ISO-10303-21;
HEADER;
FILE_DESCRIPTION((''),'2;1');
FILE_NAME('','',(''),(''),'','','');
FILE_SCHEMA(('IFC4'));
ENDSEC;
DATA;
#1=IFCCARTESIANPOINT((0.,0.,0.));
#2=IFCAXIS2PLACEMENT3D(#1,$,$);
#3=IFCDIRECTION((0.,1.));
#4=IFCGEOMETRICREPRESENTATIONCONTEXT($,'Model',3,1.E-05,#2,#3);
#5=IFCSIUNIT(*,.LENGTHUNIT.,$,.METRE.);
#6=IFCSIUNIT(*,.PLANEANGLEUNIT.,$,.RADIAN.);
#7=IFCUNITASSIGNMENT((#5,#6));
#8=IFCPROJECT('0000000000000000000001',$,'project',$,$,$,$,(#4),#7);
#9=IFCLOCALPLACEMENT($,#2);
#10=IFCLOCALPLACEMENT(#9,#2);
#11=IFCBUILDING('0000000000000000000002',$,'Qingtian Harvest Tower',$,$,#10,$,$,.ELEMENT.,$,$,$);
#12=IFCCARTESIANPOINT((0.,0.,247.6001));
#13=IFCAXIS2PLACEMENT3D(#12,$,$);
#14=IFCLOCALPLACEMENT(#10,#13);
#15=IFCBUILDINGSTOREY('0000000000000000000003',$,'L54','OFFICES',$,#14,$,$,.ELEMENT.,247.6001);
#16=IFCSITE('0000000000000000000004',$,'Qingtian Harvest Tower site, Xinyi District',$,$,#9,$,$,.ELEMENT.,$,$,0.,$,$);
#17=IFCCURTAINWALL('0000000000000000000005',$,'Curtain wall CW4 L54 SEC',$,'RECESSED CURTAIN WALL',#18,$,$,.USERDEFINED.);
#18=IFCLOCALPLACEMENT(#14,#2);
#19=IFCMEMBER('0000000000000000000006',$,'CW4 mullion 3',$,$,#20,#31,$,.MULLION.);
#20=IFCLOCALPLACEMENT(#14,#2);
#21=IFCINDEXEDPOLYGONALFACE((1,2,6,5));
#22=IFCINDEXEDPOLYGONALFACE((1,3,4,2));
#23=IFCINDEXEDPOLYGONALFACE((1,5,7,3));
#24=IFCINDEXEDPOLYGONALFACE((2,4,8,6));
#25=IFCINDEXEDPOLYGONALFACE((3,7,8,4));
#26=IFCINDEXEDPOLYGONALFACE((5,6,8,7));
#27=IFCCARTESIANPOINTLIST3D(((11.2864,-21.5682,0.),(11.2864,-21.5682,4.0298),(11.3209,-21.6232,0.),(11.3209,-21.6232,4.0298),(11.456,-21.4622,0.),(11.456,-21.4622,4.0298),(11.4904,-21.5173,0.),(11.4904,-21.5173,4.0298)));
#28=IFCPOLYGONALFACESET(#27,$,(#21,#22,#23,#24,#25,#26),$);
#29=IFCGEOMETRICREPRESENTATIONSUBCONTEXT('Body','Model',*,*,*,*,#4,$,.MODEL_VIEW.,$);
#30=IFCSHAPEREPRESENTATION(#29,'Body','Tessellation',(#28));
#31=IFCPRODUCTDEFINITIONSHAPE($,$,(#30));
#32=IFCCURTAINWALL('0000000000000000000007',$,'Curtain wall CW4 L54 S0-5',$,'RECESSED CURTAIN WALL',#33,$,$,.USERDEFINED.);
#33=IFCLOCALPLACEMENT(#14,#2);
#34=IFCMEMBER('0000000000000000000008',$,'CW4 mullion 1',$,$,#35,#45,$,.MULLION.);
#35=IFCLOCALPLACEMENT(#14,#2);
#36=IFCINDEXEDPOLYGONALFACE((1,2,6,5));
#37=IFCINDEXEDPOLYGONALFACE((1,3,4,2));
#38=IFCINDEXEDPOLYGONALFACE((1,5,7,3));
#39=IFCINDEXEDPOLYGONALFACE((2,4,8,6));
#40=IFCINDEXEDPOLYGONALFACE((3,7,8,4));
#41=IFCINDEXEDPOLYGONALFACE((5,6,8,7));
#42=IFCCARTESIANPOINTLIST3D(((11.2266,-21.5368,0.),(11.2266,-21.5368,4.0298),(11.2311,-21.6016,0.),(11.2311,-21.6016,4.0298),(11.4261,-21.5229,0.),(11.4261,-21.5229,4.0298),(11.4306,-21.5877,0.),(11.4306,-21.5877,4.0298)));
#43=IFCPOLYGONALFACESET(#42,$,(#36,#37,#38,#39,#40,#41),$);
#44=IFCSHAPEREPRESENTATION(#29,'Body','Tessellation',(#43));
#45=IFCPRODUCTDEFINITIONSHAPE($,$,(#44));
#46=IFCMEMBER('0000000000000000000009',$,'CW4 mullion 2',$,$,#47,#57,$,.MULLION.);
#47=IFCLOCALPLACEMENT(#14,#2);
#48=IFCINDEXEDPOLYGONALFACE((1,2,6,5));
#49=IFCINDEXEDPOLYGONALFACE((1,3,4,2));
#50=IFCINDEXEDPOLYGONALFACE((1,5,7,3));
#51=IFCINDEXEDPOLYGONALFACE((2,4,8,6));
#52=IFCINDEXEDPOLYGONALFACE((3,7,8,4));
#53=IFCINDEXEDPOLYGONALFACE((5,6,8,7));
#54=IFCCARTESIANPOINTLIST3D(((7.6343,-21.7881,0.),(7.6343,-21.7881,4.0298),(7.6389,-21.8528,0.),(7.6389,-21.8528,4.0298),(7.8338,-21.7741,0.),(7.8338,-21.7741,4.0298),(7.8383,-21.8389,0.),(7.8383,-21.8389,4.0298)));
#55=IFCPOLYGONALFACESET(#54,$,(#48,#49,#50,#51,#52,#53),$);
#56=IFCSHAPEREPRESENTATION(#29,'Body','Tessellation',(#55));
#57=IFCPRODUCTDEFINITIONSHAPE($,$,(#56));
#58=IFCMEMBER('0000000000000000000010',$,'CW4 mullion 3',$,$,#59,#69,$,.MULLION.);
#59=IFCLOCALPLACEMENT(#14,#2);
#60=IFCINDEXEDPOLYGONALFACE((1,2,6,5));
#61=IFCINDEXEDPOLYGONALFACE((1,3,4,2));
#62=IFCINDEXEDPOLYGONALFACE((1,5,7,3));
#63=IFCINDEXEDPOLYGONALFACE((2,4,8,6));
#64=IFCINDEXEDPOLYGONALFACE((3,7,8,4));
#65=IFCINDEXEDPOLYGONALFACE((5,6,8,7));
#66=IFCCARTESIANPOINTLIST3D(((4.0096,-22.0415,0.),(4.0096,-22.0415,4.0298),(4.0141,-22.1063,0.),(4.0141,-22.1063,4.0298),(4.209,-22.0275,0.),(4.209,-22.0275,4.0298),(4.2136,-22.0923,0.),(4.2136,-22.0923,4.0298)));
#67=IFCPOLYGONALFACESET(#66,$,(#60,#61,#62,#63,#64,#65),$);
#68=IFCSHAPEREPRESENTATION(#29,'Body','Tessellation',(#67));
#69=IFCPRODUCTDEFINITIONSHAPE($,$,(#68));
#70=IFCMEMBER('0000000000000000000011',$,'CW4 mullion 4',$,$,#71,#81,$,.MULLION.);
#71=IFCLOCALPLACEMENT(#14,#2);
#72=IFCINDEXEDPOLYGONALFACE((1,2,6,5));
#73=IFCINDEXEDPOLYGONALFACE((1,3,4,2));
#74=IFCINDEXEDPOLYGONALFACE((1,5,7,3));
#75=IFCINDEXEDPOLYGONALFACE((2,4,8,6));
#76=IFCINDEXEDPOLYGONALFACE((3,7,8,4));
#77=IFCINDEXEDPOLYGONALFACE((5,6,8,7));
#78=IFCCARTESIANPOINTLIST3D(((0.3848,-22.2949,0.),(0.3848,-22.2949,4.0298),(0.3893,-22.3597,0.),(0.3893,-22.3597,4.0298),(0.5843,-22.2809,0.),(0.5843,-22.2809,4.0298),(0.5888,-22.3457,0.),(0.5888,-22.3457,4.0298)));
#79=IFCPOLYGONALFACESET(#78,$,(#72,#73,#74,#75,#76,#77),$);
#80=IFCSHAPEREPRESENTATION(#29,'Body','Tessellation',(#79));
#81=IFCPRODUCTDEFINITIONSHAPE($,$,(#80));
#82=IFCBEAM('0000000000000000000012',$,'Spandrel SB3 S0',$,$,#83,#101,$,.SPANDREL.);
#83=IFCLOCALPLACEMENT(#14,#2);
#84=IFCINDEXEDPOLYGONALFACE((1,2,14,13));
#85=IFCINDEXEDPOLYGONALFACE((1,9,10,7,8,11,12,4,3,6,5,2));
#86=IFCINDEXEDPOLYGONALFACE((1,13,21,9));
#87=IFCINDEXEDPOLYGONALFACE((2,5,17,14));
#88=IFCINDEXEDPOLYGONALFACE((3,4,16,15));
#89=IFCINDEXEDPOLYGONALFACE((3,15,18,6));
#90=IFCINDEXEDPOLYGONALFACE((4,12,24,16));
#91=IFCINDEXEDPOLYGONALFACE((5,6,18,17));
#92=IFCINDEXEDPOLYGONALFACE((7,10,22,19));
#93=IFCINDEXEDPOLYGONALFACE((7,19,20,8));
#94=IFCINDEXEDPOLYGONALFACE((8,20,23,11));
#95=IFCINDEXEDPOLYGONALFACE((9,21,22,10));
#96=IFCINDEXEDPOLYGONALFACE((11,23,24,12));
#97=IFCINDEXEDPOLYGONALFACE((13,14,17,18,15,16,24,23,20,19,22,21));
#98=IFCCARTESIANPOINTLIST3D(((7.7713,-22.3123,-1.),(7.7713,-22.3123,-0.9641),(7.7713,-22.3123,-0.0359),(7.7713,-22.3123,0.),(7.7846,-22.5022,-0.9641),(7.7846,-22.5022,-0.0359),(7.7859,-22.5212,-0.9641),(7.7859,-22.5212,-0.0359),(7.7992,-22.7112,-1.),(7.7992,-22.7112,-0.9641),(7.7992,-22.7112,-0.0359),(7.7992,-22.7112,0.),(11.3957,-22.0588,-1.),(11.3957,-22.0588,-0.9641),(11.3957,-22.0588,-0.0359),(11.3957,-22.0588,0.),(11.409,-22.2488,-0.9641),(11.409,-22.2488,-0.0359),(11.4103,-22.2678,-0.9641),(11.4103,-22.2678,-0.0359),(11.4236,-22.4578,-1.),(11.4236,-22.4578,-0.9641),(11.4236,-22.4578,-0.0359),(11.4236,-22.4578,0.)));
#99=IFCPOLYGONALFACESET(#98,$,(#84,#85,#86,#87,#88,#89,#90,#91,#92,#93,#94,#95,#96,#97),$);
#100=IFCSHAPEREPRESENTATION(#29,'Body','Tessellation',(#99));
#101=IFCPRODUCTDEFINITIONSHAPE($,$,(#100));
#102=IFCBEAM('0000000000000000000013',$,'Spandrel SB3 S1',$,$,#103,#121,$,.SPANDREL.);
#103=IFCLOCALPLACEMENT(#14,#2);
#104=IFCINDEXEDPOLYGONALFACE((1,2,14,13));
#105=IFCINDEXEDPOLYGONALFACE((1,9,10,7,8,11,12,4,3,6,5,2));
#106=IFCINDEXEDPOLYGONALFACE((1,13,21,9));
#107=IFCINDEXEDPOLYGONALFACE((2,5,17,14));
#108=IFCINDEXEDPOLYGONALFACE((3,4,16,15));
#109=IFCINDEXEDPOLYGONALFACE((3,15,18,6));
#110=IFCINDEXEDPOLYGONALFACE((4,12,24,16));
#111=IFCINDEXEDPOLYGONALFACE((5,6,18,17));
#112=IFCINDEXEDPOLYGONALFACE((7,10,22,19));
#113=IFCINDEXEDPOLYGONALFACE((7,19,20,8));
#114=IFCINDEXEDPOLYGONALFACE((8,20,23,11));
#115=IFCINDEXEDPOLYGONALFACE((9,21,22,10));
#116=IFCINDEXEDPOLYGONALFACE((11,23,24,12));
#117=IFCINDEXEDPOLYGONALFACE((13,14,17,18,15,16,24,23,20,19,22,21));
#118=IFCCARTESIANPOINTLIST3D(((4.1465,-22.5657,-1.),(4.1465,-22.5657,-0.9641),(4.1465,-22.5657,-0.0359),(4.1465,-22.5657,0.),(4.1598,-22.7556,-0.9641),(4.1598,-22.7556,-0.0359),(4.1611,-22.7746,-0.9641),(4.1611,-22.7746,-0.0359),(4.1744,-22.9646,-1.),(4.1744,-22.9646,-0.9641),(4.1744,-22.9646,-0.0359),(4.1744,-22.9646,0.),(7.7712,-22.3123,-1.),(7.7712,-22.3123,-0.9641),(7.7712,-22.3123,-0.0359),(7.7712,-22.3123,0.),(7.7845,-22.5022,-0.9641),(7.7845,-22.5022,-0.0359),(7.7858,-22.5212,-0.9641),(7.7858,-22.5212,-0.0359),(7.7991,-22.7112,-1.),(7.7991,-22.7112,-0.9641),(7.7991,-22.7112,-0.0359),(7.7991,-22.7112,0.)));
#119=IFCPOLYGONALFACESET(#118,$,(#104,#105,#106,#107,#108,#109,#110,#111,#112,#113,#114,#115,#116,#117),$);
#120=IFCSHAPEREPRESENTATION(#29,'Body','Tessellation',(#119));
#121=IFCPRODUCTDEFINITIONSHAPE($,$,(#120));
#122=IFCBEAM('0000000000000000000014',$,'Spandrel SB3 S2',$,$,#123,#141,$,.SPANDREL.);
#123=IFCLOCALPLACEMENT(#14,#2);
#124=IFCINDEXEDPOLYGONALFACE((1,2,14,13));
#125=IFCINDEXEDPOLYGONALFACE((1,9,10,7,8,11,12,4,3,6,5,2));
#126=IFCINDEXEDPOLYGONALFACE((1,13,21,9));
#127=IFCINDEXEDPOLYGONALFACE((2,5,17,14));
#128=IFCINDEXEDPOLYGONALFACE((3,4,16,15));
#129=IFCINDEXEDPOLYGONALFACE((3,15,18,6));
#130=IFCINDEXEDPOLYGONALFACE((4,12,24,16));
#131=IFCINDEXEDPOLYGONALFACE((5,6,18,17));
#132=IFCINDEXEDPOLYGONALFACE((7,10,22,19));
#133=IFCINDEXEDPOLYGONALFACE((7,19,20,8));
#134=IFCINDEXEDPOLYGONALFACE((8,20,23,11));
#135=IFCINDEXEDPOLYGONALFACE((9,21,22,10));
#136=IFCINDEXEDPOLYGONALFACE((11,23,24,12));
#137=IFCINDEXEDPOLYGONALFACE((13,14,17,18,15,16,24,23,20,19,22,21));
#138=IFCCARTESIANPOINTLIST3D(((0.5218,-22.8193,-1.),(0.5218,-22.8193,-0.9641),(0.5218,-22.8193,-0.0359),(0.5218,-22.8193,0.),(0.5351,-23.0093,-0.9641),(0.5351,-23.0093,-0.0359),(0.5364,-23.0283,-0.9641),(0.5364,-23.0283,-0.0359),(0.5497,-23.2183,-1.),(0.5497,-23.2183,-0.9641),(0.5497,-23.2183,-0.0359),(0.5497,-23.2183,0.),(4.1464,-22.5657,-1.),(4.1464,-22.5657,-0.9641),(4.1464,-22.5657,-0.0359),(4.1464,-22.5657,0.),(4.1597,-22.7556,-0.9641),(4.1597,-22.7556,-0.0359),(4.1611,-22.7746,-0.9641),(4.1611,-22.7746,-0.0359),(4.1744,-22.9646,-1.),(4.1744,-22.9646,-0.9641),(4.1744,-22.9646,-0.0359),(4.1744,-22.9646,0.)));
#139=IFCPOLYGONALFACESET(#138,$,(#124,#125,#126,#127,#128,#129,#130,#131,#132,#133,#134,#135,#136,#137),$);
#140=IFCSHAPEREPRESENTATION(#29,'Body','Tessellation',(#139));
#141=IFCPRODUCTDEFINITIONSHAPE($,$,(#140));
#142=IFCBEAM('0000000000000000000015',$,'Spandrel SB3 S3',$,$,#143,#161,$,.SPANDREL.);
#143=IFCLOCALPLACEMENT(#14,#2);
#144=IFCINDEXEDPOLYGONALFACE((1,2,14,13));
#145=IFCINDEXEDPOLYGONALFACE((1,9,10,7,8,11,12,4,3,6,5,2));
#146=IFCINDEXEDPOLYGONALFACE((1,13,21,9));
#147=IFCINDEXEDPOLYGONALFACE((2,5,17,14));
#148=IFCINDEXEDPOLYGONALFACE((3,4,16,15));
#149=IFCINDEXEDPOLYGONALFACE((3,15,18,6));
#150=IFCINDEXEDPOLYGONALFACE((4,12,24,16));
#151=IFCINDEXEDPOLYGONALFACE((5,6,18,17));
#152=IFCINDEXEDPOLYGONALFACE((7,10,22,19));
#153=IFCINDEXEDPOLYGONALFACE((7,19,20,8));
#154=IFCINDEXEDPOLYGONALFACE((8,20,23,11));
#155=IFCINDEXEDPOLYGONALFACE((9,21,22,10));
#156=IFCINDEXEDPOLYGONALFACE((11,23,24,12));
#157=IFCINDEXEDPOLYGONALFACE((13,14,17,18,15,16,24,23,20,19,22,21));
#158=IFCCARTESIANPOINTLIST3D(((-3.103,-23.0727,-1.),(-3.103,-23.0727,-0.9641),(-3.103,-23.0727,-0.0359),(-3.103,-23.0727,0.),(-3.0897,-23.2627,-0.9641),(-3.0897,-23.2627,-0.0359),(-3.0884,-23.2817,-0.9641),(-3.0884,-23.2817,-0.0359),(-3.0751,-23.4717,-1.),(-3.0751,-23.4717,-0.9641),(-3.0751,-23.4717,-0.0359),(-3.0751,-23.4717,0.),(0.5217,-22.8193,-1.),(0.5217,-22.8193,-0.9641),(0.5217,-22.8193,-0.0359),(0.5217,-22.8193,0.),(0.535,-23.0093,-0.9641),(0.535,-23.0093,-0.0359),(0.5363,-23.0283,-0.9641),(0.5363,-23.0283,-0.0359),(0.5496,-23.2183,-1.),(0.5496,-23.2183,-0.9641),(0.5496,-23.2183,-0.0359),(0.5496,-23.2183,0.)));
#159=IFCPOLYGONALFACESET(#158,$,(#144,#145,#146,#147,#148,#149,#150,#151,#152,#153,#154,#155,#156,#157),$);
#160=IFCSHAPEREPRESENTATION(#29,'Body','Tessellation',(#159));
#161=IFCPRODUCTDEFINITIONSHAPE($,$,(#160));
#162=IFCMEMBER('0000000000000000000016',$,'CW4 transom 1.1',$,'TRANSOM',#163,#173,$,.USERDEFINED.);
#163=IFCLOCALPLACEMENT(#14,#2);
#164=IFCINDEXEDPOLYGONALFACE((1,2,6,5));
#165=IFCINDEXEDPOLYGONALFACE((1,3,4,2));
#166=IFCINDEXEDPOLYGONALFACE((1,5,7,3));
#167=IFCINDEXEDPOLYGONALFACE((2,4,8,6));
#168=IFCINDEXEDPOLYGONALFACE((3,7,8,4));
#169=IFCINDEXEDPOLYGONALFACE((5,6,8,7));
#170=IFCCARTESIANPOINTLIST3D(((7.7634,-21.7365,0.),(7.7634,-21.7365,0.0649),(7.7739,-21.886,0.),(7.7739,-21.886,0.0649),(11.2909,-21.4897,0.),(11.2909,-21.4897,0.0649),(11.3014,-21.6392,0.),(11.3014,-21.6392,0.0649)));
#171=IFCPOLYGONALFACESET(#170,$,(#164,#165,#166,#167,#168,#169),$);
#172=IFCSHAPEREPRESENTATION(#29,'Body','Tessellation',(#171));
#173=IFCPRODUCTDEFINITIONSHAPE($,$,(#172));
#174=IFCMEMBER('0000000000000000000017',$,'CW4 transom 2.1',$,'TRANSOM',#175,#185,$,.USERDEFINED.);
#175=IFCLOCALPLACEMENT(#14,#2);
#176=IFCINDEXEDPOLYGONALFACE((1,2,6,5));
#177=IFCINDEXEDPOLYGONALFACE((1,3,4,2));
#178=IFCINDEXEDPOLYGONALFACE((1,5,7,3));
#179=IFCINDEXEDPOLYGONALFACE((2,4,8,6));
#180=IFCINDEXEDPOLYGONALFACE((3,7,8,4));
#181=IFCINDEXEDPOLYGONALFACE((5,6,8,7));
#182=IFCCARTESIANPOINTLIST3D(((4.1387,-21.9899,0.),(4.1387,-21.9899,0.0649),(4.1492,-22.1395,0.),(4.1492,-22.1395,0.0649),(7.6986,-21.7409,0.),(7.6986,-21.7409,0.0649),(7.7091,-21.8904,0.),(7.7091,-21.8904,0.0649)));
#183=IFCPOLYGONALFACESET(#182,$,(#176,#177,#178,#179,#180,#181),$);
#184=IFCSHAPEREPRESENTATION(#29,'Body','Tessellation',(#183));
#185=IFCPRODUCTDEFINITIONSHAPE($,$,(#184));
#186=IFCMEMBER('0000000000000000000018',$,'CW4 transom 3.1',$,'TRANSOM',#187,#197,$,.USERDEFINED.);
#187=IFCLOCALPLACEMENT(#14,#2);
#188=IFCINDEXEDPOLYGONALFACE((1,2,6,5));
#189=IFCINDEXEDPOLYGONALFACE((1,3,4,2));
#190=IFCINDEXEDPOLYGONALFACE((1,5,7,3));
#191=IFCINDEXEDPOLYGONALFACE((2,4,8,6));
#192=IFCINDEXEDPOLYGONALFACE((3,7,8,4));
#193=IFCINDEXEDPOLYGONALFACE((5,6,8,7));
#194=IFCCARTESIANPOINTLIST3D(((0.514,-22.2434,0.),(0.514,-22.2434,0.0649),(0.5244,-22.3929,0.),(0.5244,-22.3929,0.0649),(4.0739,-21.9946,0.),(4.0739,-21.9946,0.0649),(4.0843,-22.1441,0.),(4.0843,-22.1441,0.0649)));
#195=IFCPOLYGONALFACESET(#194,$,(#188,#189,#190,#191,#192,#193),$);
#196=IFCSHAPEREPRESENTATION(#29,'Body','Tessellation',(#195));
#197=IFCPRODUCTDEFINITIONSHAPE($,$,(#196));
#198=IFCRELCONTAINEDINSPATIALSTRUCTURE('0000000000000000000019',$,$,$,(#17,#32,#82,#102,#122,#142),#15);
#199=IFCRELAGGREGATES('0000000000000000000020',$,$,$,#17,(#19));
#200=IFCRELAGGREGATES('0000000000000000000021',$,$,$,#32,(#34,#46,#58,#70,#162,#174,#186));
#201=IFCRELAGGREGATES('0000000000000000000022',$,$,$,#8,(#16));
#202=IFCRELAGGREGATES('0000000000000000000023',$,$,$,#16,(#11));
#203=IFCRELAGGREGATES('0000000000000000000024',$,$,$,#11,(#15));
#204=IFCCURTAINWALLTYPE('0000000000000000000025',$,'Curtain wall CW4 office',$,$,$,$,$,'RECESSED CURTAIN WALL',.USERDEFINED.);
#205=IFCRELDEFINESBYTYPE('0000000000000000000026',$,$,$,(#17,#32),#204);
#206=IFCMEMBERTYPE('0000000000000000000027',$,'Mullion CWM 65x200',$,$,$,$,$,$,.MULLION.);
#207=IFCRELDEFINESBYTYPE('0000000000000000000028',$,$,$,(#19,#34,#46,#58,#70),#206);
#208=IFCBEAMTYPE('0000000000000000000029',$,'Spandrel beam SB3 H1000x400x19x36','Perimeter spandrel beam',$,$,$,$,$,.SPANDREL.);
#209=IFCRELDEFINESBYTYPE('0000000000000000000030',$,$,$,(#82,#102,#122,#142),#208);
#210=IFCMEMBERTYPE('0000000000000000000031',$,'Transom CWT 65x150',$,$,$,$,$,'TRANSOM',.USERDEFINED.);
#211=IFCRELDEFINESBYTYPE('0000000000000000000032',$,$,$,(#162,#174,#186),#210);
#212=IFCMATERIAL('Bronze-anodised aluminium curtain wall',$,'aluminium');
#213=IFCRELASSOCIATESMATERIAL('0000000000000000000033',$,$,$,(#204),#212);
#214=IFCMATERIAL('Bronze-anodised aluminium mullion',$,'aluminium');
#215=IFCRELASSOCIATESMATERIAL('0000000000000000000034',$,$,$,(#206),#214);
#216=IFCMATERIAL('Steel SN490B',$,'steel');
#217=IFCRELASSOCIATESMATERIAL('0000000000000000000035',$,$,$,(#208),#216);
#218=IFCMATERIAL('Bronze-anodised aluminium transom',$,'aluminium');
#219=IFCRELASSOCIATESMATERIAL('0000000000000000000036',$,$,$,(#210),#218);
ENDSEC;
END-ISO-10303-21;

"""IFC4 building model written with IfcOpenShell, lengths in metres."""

from ifc_helpers import new_model, si_unit, direction, frame, origin, origin_2d, place, context, subcontext, project, spatial, rectangle, i_section, extrude, material, material_profile, profile_set, type_object, element, aggregate, save


model = new_model("IFC4")

# Units and contexts
model_context = context("Model", 3, precision=1e-05, world=origin(), true_north=direction((0.0, 1.0)))
body_context = subcontext(model_context, "Body", "Model", "MODEL_VIEW")
ifc_project = project(units=[si_unit("LENGTHUNIT", "METRE"), si_unit("PLANEANGLEUNIT", "RADIAN")], contexts=[model_context])

# Site, building, storey
site_placement = place(None, origin())
site = spatial("IfcSite", under=ifc_project, at=site_placement, Name="Qingtian Harvest Tower site, Xinyi District", CompositionType="ELEMENT", RefElevation=0.0)
building_placement = place(site_placement, origin())
building = spatial("IfcBuilding", under=site, at=building_placement, Name="Qingtian Harvest Tower", CompositionType="ELEMENT")
storey_placement = place(building_placement, frame((0.0, 0.0, 247.6001)))
storey = spatial("IfcBuildingStorey", under=building, at=storey_placement, Name="L54", Description="OFFICES", CompositionType="ELEMENT", Elevation=247.6001)

# Curtain wall, member
ifc_material_1 = material(Name="Bronze-anodised aluminium curtain wall", Category="aluminium")
curtain_wall_type = type_object("IfcCurtainWallType", Name="Curtain wall CW4 office", ElementType="RECESSED CURTAIN WALL", PredefinedType="USERDEFINED", material=ifc_material_1)
curtain_wall_1_placement = place(storey_placement, origin())
curtain_wall_1 = element("IfcCurtainWall", 1, at=curtain_wall_1_placement, inside=storey, type_object=curtain_wall_type, Name="Curtain wall CW4 L54 SEC", ObjectType="RECESSED CURTAIN WALL", PredefinedType="USERDEFINED")
ifc_material_2 = material(Name="Bronze-anodised aluminium mullion", Category="aluminium")
ifc_material_profile_1 = material_profile(ifc_material_2, rectangle(XDim=0.0649, YDim=0.2, at=origin_2d()), Name="AL 65x200")
ifc_profile_set_1 = profile_set([ifc_material_profile_1], Name="Bronze-anodised aluminium mullion")
member_type_1 = type_object("IfcMemberType", Name="Mullion CWM 65x200", PredefinedType="MULLION", material=ifc_profile_set_1)
member_1_placement = place(storey_placement, frame((11.3884, -21.5427, 0.0), z_axis=(0.0, 0.0, 1.0), x_axis=(0.529919, -0.848048, 0.0)))
member_1 = element("IfcMember", 2, at=member_1_placement, type_object=member_type_1, Name="CW4 mullion 3", PredefinedType="MULLION", context=body_context, shape_type="SweptSolid", body=[
    extrude(rectangle(XDim=0.0649, YDim=0.2, at=origin_2d()), origin(), (0.0, 0.0, 1.0), 4.0298),
])
aggregate(curtain_wall_1, [member_1])

# Curtain wall, members
curtain_wall_2_placement = place(storey_placement, origin())
curtain_wall_2 = element("IfcCurtainWall", 3, at=curtain_wall_2_placement, inside=storey, type_object=curtain_wall_type, Name="Curtain wall CW4 L54 S0-5", ObjectType="RECESSED CURTAIN WALL", PredefinedType="USERDEFINED")
member_2_placement = place(storey_placement, frame((11.3286, -21.5623, 0.0), z_axis=(0.0, 0.0, 1.0), x_axis=(0.069756, -0.997564, 0.0)))
member_2 = element("IfcMember", 4, at=member_2_placement, type_object=member_type_1, Name="CW4 mullion 1", PredefinedType="MULLION", context=body_context, shape_type="SweptSolid", body=[
    extrude(rectangle(XDim=0.0649, YDim=0.2, at=origin_2d()), origin(), (0.0, 0.0, 1.0), 4.0298),
])
member_3_placement = place(storey_placement, frame((7.7363, -21.8135, 0.0), z_axis=(0.0, 0.0, 1.0), x_axis=(0.069756, -0.997564, 0.0)))
member_3 = element("IfcMember", 5, at=member_3_placement, type_object=member_type_1, Name="CW4 mullion 2", PredefinedType="MULLION", context=body_context, shape_type="SweptSolid", body=[
    extrude(rectangle(XDim=0.0649, YDim=0.2, at=origin_2d()), origin(), (0.0, 0.0, 1.0), 4.0298),
])
member_4_placement = place(storey_placement, frame((4.1116, -22.0669, 0.0), z_axis=(0.0, 0.0, 1.0), x_axis=(0.069756, -0.997564, 0.0)))
member_4 = element("IfcMember", 6, at=member_4_placement, type_object=member_type_1, Name="CW4 mullion 3", PredefinedType="MULLION", context=body_context, shape_type="SweptSolid", body=[
    extrude(rectangle(XDim=0.0649, YDim=0.2, at=origin_2d()), origin(), (0.0, 0.0, 1.0), 4.0298),
])
member_5_placement = place(storey_placement, frame((0.4868, -22.3203, 0.0), z_axis=(0.0, 0.0, 1.0), x_axis=(0.069756, -0.997564, 0.0)))
member_5 = element("IfcMember", 7, at=member_5_placement, type_object=member_type_1, Name="CW4 mullion 4", PredefinedType="MULLION", context=body_context, shape_type="SweptSolid", body=[
    extrude(rectangle(XDim=0.0649, YDim=0.2, at=origin_2d()), origin(), (0.0, 0.0, 1.0), 4.0298),
])

# Beams
ifc_material_3 = material(Name="Steel SN490B", Category="steel")
ifc_material_profile_2 = material_profile(ifc_material_3, i_section(OverallWidth=0.3999, OverallDepth=1.0, WebThickness=0.019, FlangeThickness=0.0359, at=origin_2d()), Name="H1000x400x19x36")
ifc_profile_set_2 = profile_set([ifc_material_profile_2], Name="Steel SN490B")
beam_type_1 = type_object("IfcBeamType", Name="Spandrel beam SB3 H1000x400x19x36", Description="Perimeter spandrel beam", PredefinedType="SPANDREL", material=ifc_profile_set_2)
beam_1_placement = place(storey_placement, frame((11.4097, -22.2583, -0.5), z_axis=(-0.997565, -0.069748, 0.0), x_axis=(0.069748, -0.997565, 0.0)))
element("IfcBeam", 8, at=beam_1_placement, inside=storey, type_object=beam_type_1, Name="Spandrel SB3 S0", PredefinedType="SPANDREL", context=body_context, shape_type="SweptSolid", body=[
    extrude(i_section(OverallWidth=0.3999, OverallDepth=1.0, WebThickness=0.019, FlangeThickness=0.0359, at=origin_2d()), origin(), (0.0, 0.0, 1.0), 3.6333),
])
for number, where, z_axis, x_axis, name in (
    (9, (7.7852, -22.5117, -0.5), (-0.997565, -0.069743, 0.0), (0.069743, -0.997565, 0.0), "Spandrel SB3 S1"),
    (10, (4.1604, -22.7651, -0.5), (-0.99756, -0.06981, 0.0), (0.06981, -0.99756, 0.0), "Spandrel SB3 S2"),
    (11, (0.5356, -23.0188, -0.5), (-0.997565, -0.069743, 0.0), (0.069743, -0.997565, 0.0), "Spandrel SB3 S3"),
):
    element("IfcBeam", number, at=place(storey_placement, frame(where, z_axis=z_axis, x_axis=x_axis)), inside=storey, type_object=beam_type_1, Name=name, PredefinedType="SPANDREL", context=body_context, shape_type="SweptSolid", body=[
        extrude(i_section(OverallWidth=0.3999, OverallDepth=1.0, WebThickness=0.019, FlangeThickness=0.0359, at=origin_2d()), origin(), (0.0, 0.0, 1.0), 3.6335),
    ])

# Members
ifc_material_4 = material(Name="Bronze-anodised aluminium transom", Category="aluminium")
ifc_material_profile_3 = material_profile(ifc_material_4, rectangle(XDim=0.1499, YDim=0.0649, at=origin_2d()), Name="AL 65x150")
ifc_profile_set_3 = profile_set([ifc_material_profile_3], Name="Bronze-anodised aluminium transom")
member_type_2 = type_object("IfcMemberType", Name="Transom CWT 65x150", ElementType="TRANSOM", PredefinedType="USERDEFINED", material=ifc_profile_set_3)
member_6_placement = place(storey_placement, frame((11.2961, -21.5645, 0.0325), z_axis=(-0.997561, -0.0698, 0.0), x_axis=(0.0698, -0.997561, 0.0)))
member_6 = element("IfcMember", 12, at=member_6_placement, type_object=member_type_2, Name="CW4 transom 1.1", ObjectType="TRANSOM", PredefinedType="USERDEFINED", context=body_context, shape_type="SweptSolid", body=[
    extrude(rectangle(XDim=0.1499, YDim=0.0649, at=origin_2d()), origin(), (0.0, 0.0, 1.0), 3.5361),
])
member_7_placement = place(storey_placement, frame((7.7039, -21.8157, 0.0325), z_axis=(-0.997562, -0.069784, 0.0), x_axis=(0.069784, -0.997562, 0.0)))
member_7 = element("IfcMember", 13, at=member_7_placement, type_object=member_type_2, Name="CW4 transom 2.1", ObjectType="TRANSOM", PredefinedType="USERDEFINED", context=body_context, shape_type="SweptSolid", body=[
    extrude(rectangle(XDim=0.1499, YDim=0.0649, at=origin_2d()), origin(), (0.0, 0.0, 1.0), 3.5686),
])
member_8_placement = place(storey_placement, frame((4.0791, -22.0693, 0.0325), z_axis=(-0.997567, -0.069715, 0.0), x_axis=(0.069715, -0.997567, 0.0)))
member_8 = element("IfcMember", 14, at=member_8_placement, type_object=member_type_2, Name="CW4 transom 3.1", ObjectType="TRANSOM", PredefinedType="USERDEFINED", context=body_context, shape_type="SweptSolid", body=[
    extrude(rectangle(XDim=0.1499, YDim=0.0649, at=origin_2d()), origin(), (0.0, 0.0, 1.0), 3.5686),
])

aggregate(curtain_wall_2, [member_2, member_3, member_4, member_5, member_6, member_7, member_8])

save(model, "model.ifc")
